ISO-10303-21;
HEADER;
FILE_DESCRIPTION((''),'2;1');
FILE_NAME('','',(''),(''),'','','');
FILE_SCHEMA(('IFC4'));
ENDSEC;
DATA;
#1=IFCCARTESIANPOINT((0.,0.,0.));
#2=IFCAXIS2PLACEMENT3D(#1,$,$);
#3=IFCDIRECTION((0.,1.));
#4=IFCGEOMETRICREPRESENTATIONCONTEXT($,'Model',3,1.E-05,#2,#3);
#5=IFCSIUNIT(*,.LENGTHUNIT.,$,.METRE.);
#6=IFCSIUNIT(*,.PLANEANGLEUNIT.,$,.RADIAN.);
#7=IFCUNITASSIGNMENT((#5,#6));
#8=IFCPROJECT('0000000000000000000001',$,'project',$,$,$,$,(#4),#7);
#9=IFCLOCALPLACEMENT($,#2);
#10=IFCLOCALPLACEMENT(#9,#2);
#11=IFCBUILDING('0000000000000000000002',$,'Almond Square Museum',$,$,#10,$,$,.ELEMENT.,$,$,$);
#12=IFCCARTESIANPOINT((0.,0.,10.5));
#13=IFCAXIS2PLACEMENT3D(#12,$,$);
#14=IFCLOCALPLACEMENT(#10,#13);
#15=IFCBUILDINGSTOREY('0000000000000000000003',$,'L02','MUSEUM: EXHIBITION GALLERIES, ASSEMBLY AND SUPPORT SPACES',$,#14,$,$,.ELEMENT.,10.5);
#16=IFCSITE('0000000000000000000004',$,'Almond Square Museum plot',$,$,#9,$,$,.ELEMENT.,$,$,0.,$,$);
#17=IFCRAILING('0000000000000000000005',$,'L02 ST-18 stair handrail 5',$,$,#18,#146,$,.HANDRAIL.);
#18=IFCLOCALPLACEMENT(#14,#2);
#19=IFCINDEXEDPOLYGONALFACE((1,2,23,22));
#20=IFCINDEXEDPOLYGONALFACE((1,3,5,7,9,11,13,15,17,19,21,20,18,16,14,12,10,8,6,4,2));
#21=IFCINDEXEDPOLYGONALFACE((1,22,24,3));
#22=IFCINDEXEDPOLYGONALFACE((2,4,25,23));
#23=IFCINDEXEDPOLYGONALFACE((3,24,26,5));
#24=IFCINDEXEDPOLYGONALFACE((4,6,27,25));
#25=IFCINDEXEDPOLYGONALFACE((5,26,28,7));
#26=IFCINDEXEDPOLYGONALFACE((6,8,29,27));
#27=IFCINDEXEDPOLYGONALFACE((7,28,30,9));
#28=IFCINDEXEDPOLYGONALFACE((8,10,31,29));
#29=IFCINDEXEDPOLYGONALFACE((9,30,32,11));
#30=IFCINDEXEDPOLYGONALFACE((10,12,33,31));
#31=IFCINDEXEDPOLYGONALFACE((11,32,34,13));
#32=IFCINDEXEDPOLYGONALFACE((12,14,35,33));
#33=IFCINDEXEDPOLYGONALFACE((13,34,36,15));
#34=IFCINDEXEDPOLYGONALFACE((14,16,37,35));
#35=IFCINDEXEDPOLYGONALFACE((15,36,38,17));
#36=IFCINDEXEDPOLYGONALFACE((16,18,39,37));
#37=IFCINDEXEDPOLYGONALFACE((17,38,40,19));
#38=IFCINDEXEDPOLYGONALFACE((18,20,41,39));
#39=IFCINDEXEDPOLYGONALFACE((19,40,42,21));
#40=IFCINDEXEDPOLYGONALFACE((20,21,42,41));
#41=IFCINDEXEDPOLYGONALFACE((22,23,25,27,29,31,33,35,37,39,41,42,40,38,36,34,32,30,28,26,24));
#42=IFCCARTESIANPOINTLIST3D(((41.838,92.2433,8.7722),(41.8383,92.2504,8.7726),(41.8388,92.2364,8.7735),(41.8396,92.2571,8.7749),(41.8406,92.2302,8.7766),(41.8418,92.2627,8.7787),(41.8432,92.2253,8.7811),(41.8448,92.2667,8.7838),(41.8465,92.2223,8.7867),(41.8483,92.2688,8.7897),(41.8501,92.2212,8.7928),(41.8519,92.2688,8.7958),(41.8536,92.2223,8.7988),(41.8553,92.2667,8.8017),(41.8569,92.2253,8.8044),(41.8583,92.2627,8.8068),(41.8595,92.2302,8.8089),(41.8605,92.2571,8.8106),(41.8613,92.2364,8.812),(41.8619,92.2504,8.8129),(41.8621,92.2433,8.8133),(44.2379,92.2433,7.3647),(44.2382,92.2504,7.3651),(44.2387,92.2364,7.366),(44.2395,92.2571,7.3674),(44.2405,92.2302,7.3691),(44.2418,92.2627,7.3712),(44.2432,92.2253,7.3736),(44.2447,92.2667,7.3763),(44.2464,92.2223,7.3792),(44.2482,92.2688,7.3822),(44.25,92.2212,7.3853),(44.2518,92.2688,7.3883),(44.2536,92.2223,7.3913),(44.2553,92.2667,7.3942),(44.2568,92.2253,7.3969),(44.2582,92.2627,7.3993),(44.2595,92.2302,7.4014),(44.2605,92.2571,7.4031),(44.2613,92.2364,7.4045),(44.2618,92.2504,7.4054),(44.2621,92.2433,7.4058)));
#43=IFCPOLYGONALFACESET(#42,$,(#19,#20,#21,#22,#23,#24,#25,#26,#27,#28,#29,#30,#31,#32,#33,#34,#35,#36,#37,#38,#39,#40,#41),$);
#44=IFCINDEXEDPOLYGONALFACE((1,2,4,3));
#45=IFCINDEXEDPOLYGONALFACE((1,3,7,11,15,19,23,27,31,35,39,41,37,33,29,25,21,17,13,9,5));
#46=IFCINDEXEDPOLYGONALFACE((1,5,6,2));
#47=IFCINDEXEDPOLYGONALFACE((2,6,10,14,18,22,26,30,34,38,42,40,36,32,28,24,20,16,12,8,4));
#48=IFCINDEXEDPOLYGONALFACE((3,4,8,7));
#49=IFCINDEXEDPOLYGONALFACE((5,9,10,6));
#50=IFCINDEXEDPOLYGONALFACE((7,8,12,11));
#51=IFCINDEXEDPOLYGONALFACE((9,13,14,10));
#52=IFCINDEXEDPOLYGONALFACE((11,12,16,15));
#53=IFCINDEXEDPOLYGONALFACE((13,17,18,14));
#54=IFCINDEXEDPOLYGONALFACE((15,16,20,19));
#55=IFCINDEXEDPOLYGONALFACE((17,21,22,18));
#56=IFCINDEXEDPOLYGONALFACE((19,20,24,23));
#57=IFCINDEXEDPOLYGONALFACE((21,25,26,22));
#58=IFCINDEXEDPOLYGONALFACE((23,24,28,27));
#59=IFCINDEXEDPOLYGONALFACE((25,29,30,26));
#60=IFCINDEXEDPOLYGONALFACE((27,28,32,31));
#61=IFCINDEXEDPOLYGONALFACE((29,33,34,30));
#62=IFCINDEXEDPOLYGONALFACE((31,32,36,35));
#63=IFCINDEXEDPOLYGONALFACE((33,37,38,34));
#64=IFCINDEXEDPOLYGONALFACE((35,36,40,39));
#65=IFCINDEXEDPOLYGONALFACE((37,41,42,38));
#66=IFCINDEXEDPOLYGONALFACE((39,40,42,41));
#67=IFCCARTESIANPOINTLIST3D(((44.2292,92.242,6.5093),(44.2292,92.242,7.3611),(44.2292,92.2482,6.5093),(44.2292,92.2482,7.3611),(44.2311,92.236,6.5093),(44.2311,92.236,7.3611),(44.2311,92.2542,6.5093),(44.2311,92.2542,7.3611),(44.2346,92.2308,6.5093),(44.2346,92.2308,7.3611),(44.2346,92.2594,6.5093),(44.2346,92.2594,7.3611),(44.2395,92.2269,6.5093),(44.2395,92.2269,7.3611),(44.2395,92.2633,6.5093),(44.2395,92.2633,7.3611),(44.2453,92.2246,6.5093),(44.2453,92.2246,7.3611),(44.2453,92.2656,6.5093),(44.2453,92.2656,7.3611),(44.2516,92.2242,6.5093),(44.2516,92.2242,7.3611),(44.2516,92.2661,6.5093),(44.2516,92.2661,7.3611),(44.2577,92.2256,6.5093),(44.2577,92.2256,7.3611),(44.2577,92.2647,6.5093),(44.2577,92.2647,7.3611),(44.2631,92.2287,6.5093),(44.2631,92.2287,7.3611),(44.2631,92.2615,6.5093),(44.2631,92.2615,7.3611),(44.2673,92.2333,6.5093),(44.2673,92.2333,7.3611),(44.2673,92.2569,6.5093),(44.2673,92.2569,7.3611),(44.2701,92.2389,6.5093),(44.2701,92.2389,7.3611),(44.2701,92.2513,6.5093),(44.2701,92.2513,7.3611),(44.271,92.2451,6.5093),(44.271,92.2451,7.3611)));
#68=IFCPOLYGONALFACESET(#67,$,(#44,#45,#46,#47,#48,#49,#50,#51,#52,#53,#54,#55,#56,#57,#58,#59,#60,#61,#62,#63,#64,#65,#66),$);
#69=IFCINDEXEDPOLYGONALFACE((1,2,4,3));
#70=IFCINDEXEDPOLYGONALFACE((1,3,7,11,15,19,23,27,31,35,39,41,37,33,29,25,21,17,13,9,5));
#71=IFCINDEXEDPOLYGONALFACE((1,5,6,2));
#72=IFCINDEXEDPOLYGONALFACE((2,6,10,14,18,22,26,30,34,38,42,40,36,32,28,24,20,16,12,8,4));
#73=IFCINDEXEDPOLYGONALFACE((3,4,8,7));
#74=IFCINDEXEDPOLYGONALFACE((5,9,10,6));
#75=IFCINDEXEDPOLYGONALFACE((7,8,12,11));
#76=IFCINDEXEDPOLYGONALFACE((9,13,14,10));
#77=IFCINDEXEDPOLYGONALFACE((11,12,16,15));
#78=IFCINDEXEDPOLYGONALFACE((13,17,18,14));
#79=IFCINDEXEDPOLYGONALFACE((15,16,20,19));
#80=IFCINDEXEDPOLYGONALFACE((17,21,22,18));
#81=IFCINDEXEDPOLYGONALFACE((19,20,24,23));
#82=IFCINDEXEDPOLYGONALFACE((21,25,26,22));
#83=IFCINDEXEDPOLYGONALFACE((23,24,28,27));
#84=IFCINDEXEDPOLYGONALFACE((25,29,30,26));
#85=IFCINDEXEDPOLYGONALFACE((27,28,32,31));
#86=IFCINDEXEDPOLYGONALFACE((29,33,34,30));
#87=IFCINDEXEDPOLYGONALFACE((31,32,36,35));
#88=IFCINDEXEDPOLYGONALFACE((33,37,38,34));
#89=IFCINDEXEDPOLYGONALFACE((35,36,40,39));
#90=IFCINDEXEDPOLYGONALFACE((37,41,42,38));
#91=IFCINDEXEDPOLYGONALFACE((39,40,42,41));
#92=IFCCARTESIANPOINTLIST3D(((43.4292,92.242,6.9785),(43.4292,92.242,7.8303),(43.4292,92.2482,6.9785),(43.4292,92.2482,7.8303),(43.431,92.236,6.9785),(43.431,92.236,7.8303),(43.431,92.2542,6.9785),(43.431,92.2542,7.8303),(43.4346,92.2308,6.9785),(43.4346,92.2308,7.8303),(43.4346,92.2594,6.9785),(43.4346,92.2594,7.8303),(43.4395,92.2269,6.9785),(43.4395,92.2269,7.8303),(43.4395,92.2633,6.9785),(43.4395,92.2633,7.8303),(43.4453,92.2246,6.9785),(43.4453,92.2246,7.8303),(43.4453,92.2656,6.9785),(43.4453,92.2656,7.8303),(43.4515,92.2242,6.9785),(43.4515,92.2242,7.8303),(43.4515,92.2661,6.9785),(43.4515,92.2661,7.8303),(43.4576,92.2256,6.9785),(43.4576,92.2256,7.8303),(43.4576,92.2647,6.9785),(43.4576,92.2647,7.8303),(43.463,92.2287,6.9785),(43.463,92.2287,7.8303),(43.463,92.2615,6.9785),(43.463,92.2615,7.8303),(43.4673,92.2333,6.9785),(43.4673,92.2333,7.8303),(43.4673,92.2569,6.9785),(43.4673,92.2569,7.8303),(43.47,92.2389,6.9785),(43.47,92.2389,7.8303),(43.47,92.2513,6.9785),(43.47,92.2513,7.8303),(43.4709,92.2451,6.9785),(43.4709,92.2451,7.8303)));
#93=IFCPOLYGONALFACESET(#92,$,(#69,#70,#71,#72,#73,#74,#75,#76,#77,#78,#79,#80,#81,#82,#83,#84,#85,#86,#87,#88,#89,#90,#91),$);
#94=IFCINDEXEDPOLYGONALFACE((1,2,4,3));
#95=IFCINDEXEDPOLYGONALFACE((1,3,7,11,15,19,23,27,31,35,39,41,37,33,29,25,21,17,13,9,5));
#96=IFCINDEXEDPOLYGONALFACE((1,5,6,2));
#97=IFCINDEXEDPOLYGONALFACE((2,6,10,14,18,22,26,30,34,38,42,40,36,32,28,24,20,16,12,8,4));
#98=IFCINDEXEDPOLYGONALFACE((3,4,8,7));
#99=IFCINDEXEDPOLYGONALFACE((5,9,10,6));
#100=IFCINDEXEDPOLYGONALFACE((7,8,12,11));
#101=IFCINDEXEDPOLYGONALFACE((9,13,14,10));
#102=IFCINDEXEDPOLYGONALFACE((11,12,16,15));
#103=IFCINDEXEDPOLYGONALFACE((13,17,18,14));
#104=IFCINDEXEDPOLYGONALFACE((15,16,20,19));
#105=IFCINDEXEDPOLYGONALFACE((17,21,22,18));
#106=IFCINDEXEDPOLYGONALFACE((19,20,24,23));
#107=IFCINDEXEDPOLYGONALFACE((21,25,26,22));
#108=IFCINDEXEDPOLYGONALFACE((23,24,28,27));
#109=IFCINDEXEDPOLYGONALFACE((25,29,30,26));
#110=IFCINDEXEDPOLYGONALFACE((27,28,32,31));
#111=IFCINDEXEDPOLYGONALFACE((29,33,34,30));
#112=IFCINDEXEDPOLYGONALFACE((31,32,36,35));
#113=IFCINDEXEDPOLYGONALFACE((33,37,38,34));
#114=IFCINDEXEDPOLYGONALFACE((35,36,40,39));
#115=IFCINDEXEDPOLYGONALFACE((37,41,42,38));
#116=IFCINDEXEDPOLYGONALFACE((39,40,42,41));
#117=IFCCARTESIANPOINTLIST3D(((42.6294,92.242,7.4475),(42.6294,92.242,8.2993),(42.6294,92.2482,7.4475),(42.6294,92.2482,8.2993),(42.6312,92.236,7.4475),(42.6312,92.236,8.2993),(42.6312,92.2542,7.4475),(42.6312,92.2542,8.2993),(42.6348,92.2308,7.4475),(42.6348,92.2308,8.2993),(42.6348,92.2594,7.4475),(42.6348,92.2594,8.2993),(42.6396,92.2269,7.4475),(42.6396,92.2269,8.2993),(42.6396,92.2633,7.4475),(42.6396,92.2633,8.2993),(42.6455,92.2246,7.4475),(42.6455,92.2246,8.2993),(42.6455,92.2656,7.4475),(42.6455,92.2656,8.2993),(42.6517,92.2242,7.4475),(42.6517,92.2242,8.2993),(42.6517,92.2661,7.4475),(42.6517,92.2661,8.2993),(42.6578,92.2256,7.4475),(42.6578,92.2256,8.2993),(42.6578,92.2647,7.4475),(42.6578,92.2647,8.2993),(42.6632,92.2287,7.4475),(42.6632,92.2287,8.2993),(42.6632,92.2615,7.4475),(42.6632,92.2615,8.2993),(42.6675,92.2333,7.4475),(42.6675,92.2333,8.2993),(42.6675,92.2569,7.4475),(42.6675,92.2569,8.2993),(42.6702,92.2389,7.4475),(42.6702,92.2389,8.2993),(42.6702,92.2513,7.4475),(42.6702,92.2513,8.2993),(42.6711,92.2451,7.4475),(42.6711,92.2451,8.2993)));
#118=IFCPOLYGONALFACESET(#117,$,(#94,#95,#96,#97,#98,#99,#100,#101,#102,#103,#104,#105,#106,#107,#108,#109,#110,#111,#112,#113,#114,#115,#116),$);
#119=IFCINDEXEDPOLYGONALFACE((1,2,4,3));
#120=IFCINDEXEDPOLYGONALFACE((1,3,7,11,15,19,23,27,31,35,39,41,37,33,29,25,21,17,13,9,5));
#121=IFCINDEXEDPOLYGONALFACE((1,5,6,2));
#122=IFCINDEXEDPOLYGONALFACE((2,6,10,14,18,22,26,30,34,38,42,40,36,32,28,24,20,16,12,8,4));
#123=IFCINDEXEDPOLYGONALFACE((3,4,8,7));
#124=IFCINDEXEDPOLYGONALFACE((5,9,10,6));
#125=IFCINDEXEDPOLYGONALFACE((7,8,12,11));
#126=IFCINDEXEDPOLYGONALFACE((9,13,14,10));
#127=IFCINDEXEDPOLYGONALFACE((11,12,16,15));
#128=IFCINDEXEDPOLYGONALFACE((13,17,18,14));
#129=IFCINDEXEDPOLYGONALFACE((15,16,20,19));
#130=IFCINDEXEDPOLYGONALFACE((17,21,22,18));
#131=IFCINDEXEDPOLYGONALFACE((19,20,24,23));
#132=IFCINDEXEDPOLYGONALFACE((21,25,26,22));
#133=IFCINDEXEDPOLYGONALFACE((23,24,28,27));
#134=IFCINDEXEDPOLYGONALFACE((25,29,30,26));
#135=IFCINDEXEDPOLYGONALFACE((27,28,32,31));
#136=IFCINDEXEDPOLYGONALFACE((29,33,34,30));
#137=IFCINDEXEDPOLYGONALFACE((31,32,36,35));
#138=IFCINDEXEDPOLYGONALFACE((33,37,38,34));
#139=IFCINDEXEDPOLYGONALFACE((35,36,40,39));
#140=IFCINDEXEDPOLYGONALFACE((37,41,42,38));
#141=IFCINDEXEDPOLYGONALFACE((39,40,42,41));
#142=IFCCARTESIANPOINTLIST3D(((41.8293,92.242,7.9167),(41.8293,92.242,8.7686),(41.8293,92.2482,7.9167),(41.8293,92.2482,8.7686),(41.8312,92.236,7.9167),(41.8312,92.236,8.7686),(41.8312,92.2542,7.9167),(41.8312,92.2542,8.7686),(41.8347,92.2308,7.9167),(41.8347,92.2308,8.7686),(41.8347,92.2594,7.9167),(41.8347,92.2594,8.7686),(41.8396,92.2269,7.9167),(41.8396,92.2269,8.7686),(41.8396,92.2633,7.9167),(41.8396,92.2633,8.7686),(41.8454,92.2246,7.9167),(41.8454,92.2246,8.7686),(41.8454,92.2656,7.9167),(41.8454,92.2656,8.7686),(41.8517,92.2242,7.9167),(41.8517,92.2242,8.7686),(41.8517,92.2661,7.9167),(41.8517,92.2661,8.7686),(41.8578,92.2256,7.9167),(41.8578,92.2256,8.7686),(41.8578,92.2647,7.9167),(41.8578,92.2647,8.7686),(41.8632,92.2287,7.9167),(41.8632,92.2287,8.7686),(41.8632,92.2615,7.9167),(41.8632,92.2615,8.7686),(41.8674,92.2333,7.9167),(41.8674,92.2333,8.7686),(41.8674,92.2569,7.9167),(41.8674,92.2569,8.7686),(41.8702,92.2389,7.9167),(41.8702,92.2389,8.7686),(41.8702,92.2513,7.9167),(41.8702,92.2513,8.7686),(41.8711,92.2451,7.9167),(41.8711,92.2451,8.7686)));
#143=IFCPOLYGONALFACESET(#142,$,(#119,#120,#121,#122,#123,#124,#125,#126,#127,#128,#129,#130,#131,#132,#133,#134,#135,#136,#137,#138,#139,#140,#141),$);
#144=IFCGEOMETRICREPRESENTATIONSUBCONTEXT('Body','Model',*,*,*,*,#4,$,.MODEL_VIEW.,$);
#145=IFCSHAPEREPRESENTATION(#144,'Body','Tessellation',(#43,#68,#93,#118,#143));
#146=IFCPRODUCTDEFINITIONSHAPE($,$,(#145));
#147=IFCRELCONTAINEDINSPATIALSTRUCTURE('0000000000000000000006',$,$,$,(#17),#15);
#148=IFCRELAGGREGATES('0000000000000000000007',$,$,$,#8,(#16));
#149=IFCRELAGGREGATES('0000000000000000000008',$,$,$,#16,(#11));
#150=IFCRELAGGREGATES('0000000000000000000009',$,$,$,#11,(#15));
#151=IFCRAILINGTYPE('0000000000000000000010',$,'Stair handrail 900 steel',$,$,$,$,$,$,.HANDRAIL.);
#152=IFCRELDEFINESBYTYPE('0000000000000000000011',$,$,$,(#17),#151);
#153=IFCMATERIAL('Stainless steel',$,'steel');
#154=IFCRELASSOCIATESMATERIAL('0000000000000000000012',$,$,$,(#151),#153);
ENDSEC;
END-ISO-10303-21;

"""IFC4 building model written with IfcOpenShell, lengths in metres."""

from ifc_helpers import new_model, si_unit, direction, frame, origin, origin_2d, place, context, subcontext, project, spatial, circle, extrude, material, type_object, element, save


model = new_model("IFC4")

# Units and contexts
model_context = context("Model", 3, precision=1e-05, world=origin(), true_north=direction((0.0, 1.0)))
body_context = subcontext(model_context, "Body", "Model", "MODEL_VIEW")
ifc_project = project(units=[si_unit("LENGTHUNIT", "METRE"), si_unit("PLANEANGLEUNIT", "RADIAN")], contexts=[model_context])

# Site, building, storey
site_placement = place(None, origin())
site = spatial("IfcSite", under=ifc_project, at=site_placement, Name="Almond Square Museum plot", CompositionType="ELEMENT", RefElevation=0.0)
building_placement = place(site_placement, origin())
building = spatial("IfcBuilding", under=site, at=building_placement, Name="Almond Square Museum", CompositionType="ELEMENT")
storey_placement = place(building_placement, frame((0.0, 0.0, 10.5)))
storey = spatial("IfcBuildingStorey", under=building, at=storey_placement, Name="L02", Description="MUSEUM: EXHIBITION GALLERIES, ASSEMBLY AND SUPPORT SPACES", CompositionType="ELEMENT", Elevation=10.5)

# Railing
ifc_material_1 = material(Name="Stainless steel", Category="steel")
railing_type_1 = type_object("IfcRailingType", Name="Stair handrail 900 steel", PredefinedType="HANDRAIL", material=ifc_material_1)
railing_1_placement = place(storey_placement, frame((44.25, 92.2451, 6.5093)))
element("IfcRailing", 1, at=railing_1_placement, inside=storey, type_object=railing_type_1, Name="L02 ST-18 stair handrail 5", PredefinedType="HANDRAIL", context=body_context, shape_type="SweptSolid", body=[
    extrude(circle(Radius=0.0239, at=origin_2d()), frame((0.0, 0.0, 0.876), z_axis=(-0.862599, 0.0, 0.505888), x_axis=(0.0, -1.0, 0.0)), (0.0, 0.0, 1.0), 2.7822),
    extrude(circle(Radius=0.021, at=origin_2d()), origin(), (0.0, 0.0, 1.0), 0.8518),
    extrude(circle(Radius=0.021, at=origin_2d()), frame((-0.8, 0.0, 0.4692)), (0.0, 0.0, 1.0), 0.8518),
    extrude(circle(Radius=0.021, at=origin_2d()), frame((-1.5999, 0.0, 0.9382)), (0.0, 0.0, 1.0), 0.8518),
    extrude(circle(Radius=0.021, at=origin_2d()), frame((-2.3999, 0.0, 1.4075)), (0.0, 0.0, 1.0), 0.8518),
])

save(model, "model.ifc")
